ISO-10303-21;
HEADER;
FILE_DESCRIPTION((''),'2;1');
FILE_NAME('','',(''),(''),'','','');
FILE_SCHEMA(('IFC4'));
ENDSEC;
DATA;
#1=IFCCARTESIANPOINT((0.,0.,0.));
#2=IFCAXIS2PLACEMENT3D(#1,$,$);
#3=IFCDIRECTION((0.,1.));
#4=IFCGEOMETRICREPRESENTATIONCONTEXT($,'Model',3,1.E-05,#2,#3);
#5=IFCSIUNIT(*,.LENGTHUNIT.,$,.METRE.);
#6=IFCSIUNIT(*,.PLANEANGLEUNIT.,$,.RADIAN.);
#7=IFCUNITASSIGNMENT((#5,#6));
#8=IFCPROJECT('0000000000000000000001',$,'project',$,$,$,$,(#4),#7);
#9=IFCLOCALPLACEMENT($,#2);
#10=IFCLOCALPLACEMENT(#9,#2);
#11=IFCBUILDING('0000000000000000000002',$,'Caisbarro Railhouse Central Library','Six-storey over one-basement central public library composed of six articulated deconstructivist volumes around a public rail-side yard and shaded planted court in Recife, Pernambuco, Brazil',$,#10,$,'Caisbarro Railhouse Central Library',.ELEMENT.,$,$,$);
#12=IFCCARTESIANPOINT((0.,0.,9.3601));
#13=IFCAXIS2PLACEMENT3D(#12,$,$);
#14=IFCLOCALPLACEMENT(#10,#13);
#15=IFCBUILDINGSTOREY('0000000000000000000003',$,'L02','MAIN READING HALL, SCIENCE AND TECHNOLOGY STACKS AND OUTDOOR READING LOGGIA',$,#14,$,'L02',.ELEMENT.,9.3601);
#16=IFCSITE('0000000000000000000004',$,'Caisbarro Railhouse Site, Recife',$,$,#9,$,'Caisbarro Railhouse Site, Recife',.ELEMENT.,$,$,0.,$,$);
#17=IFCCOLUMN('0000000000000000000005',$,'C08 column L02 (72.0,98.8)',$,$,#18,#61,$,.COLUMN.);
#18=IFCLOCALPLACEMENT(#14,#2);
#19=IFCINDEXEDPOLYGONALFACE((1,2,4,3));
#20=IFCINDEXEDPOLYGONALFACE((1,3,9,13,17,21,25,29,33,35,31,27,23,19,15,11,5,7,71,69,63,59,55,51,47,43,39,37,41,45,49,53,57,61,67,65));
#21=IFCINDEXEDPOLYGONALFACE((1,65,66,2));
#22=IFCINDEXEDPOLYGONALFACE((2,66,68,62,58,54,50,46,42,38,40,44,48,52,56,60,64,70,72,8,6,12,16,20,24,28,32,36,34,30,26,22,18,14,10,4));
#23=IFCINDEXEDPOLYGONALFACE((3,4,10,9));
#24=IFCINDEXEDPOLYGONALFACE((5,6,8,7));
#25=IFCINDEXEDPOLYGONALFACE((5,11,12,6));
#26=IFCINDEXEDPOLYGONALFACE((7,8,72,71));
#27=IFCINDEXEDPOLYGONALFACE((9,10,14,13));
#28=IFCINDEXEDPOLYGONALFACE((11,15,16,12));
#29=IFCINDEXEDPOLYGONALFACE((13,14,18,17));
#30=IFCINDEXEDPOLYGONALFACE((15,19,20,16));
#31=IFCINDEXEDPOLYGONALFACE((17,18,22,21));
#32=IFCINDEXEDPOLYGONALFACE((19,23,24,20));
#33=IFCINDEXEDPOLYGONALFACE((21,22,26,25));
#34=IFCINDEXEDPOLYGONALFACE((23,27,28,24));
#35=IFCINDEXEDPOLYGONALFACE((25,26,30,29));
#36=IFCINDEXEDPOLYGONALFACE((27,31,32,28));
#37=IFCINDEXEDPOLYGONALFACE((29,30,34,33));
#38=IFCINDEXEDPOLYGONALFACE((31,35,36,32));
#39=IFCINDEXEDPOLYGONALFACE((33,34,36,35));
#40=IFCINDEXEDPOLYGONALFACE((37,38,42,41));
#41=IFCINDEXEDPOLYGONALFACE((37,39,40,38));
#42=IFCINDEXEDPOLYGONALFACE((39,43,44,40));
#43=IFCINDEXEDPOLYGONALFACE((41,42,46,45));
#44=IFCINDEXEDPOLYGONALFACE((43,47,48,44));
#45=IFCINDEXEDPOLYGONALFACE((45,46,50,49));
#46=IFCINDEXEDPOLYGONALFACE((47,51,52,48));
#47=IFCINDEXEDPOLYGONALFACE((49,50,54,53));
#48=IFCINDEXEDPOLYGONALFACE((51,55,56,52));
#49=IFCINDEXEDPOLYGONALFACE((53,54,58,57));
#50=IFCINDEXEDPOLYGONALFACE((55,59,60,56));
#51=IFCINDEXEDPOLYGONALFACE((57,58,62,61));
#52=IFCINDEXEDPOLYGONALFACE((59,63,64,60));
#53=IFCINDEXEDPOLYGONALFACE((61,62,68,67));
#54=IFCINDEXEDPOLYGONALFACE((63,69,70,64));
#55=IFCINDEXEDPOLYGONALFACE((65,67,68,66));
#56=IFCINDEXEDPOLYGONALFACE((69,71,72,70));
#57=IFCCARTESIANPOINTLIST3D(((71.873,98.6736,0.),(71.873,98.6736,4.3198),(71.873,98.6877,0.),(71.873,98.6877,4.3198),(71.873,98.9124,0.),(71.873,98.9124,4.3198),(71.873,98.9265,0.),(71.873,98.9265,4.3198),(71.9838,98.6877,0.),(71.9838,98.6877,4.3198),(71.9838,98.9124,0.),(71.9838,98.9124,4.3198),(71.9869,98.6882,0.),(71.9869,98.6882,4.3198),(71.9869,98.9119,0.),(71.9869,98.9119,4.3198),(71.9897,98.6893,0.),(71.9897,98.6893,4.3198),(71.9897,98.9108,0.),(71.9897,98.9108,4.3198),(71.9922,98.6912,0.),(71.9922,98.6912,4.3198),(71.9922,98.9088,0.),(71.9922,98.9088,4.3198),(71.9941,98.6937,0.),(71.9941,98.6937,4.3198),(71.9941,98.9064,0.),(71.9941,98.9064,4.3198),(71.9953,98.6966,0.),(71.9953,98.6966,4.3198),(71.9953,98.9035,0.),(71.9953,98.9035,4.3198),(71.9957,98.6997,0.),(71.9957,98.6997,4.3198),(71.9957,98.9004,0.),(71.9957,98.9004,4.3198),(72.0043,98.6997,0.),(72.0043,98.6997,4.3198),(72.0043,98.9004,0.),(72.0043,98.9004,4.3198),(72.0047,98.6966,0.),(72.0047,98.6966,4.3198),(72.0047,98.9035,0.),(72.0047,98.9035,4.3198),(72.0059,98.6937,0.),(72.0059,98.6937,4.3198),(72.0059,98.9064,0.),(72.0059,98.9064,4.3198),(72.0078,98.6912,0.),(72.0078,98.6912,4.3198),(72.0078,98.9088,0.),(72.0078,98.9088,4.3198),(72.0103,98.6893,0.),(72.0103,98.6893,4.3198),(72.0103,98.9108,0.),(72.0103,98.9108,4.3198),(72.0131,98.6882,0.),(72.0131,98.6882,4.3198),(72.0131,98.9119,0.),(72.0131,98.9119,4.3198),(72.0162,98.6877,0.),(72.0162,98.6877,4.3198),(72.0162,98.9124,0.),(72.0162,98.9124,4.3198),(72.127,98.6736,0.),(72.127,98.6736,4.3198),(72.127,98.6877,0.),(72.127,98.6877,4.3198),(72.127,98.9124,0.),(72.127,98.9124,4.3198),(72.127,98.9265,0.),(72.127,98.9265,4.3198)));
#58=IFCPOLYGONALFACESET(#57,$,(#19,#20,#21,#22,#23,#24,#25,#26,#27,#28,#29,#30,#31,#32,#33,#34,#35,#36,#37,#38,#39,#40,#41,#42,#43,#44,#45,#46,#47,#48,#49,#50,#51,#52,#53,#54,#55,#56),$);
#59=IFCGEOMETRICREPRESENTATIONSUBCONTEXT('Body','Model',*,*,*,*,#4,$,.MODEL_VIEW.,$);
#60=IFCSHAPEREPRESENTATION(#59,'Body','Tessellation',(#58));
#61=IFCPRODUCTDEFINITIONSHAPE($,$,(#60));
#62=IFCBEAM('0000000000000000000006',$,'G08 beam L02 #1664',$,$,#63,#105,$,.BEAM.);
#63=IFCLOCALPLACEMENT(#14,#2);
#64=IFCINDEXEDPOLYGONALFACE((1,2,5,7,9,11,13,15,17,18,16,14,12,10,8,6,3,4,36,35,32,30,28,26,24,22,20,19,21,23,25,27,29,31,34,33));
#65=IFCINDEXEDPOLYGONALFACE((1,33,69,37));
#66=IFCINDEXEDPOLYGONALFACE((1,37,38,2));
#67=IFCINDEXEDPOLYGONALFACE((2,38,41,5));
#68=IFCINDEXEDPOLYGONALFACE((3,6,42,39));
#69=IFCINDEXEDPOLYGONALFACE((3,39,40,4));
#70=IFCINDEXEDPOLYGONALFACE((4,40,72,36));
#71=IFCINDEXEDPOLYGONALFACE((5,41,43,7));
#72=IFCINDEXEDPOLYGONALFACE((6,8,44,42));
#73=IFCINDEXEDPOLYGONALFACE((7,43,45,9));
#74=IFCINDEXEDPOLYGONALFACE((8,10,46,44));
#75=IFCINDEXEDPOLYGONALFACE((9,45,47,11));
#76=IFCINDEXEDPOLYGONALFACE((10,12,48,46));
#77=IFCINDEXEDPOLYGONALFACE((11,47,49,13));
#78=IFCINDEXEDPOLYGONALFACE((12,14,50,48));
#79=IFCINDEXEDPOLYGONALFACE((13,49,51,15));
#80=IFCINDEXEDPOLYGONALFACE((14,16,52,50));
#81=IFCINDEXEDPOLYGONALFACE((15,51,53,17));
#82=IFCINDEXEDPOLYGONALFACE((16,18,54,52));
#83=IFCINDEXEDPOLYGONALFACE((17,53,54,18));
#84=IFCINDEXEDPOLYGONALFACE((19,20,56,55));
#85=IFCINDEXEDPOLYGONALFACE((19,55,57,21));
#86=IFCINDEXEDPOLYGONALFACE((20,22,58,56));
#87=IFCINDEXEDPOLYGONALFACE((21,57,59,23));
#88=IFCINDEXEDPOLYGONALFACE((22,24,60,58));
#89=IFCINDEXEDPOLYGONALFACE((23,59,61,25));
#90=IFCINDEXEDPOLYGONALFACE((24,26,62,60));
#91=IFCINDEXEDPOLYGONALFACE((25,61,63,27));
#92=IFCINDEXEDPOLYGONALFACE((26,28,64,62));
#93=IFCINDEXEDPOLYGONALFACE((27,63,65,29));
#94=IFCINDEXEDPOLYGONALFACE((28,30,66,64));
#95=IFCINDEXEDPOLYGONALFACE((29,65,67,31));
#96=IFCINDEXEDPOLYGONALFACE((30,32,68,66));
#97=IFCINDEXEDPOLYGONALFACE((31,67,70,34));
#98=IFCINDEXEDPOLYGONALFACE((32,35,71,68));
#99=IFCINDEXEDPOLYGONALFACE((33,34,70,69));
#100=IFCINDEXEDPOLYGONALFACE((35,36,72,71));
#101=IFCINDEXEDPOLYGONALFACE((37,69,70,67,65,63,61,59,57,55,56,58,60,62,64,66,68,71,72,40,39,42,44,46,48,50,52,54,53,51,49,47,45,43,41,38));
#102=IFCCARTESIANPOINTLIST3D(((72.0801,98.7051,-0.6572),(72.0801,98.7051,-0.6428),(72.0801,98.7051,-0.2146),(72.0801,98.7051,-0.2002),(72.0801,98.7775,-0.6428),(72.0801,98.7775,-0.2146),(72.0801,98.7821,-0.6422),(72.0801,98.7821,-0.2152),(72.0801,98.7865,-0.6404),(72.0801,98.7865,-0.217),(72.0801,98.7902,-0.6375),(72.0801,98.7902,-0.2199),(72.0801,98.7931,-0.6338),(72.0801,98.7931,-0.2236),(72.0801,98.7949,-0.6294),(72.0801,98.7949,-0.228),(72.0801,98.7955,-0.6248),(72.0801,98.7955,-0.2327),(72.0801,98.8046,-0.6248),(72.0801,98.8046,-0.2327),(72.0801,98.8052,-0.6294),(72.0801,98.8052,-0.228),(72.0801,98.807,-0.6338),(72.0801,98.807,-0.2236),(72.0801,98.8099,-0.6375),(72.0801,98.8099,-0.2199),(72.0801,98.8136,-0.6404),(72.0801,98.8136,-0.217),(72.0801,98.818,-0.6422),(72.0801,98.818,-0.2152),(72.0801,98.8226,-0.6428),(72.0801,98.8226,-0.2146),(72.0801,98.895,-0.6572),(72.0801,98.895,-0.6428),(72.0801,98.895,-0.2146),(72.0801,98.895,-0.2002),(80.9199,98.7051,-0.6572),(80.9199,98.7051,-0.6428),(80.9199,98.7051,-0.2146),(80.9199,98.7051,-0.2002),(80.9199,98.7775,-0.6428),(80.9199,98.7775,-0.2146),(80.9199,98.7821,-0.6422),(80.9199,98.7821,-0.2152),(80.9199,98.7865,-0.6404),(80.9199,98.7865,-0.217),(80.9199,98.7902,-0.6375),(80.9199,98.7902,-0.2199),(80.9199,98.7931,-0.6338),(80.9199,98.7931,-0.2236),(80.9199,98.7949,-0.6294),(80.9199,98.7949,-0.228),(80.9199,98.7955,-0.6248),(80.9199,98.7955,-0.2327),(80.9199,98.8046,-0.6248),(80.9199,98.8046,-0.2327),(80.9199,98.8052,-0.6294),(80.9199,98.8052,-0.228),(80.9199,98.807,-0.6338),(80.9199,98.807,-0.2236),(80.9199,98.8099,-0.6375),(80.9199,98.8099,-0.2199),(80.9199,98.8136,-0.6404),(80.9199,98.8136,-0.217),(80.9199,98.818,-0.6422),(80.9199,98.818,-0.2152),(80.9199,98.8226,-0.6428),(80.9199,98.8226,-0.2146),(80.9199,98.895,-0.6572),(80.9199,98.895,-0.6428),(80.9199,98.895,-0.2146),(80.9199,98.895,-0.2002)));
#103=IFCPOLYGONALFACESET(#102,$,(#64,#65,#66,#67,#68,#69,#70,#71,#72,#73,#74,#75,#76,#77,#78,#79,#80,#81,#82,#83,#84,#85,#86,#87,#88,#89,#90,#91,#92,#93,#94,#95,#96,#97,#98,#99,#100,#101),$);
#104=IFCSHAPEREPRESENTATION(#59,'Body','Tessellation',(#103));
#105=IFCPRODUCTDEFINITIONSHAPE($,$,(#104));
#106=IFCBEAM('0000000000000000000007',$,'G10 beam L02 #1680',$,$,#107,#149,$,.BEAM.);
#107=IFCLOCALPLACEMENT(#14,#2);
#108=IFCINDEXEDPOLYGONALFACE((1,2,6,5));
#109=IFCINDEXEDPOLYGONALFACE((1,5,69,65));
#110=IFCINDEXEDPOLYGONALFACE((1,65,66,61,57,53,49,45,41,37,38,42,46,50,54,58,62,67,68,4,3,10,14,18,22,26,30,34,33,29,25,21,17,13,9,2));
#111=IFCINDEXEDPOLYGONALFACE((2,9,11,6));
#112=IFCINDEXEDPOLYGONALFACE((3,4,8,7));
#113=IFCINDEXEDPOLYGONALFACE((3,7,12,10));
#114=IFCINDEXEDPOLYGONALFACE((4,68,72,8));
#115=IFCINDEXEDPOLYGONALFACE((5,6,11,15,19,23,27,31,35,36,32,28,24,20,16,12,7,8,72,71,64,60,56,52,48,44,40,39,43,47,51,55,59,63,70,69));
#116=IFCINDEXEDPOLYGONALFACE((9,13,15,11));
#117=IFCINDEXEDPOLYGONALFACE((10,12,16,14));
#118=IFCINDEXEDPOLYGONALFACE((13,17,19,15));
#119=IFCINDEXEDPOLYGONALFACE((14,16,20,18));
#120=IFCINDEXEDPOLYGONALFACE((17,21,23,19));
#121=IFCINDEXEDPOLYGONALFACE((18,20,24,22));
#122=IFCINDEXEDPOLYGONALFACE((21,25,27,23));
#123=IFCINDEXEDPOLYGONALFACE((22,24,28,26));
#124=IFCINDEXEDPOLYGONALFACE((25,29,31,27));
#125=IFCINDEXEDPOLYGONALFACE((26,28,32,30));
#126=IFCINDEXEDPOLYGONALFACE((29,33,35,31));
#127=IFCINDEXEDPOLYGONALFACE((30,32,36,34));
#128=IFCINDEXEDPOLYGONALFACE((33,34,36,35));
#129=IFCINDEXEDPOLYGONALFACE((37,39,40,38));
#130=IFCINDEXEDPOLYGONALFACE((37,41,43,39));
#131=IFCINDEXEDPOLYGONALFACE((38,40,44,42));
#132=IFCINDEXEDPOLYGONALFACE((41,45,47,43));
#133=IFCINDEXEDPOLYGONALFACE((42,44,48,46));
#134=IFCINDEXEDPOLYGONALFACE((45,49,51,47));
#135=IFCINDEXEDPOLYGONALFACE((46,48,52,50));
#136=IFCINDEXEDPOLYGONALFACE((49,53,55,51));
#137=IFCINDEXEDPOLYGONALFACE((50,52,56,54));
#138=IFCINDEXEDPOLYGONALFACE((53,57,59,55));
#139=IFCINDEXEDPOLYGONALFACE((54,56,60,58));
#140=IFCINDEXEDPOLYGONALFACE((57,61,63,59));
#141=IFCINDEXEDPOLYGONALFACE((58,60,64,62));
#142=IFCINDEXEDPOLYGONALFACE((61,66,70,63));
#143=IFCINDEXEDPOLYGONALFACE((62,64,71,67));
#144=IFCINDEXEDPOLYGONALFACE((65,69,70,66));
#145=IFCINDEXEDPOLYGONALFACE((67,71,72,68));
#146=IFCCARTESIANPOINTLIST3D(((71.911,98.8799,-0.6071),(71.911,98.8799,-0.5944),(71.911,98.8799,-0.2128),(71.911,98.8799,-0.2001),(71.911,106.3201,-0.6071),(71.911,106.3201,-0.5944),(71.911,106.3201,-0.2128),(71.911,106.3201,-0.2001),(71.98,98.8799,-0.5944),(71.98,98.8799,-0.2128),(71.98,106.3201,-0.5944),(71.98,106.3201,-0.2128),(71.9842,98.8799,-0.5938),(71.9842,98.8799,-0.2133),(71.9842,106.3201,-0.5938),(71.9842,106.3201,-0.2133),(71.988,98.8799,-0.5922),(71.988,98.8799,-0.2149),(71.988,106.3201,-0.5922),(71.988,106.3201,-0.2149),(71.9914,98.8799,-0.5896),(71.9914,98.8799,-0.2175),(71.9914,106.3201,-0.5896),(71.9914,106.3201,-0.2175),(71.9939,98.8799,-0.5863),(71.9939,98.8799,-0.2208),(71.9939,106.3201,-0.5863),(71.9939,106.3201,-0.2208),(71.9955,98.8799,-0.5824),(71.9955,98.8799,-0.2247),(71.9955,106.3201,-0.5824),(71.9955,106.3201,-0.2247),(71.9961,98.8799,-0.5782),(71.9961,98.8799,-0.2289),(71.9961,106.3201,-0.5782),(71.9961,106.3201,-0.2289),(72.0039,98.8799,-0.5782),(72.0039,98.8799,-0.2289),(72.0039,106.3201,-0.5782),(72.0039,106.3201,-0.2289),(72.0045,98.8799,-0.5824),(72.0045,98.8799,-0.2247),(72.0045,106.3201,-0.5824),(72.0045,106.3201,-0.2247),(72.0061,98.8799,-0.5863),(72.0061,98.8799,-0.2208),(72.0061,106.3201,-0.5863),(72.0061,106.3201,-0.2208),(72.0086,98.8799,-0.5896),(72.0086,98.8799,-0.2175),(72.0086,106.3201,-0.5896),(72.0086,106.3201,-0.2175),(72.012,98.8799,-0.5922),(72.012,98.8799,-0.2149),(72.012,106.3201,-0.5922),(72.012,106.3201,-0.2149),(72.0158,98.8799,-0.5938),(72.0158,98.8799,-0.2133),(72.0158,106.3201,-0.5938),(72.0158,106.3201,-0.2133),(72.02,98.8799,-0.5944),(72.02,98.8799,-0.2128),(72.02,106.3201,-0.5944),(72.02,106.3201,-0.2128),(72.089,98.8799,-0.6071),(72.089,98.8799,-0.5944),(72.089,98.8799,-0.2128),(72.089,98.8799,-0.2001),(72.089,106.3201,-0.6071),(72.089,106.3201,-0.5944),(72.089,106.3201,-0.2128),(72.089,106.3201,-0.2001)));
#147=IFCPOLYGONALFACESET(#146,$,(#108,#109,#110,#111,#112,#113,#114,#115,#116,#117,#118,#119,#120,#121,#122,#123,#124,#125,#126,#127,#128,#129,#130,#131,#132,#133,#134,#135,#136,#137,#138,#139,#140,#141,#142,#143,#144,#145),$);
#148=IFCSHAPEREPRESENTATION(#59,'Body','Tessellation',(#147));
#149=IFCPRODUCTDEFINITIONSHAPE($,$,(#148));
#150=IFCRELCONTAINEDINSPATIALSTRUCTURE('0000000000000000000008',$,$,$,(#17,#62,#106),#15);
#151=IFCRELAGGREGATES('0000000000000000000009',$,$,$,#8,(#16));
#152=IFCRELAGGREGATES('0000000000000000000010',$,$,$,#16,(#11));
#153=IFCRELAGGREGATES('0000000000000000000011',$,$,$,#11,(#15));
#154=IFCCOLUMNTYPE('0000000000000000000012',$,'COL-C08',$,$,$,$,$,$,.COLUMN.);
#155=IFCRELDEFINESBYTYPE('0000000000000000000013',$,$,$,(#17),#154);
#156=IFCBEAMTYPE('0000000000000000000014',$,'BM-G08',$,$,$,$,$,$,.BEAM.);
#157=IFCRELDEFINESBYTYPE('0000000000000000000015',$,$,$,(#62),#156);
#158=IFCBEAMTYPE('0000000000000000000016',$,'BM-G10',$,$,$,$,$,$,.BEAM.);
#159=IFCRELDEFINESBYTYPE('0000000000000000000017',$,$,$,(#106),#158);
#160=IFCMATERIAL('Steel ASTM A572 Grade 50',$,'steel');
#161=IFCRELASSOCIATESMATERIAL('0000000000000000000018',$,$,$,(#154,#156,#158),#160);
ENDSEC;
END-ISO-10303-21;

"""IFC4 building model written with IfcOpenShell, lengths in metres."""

from ifc_helpers import new_model, si_unit, direction, frame, origin, origin_2d, place, context, subcontext, project, spatial, i_section, extrude, material, material_profile, profile_set, type_object, element, save


model = new_model("IFC4")

# Units and contexts
model_context = context("Model", 3, precision=1e-05, world=origin(), true_north=direction((0.0, 1.0)))
body_context = subcontext(model_context, "Body", "Model", "MODEL_VIEW")
ifc_project = project(units=[si_unit("LENGTHUNIT", "METRE"), si_unit("PLANEANGLEUNIT", "RADIAN")], contexts=[model_context])

# Site, building, storey
site_placement = place(None, origin())
site = spatial("IfcSite", under=ifc_project, at=site_placement, Name="Caisbarro Railhouse Site, Recife", LongName="Caisbarro Railhouse Site, Recife", CompositionType="ELEMENT", RefElevation=0.0)
building_placement = place(site_placement, origin())
building = spatial("IfcBuilding", under=site, at=building_placement, Name="Caisbarro Railhouse Central Library", Description="Six-storey over one-basement central public library composed of six articulated deconstructivist volumes around a public rail-side yard and shaded planted court in Recife, Pernambuco, Brazil", LongName="Caisbarro Railhouse Central Library", CompositionType="ELEMENT")
storey_placement = place(building_placement, frame((0.0, 0.0, 9.3601)))
storey = spatial("IfcBuildingStorey", under=building, at=storey_placement, Name="L02", Description="MAIN READING HALL, SCIENCE AND TECHNOLOGY STACKS AND OUTDOOR READING LOGGIA", LongName="L02", CompositionType="ELEMENT", Elevation=9.3601)

# Column
ifc_material_1 = material(Name="Steel ASTM A572 Grade 50", Category="steel")
ifc_material_profile_1 = material_profile(ifc_material_1, i_section(OverallWidth=0.2539, OverallDepth=0.2529, WebThickness=0.0085, FlangeThickness=0.0142, FilletRadius=0.012, at=origin_2d()), Name="W250X73.0")
ifc_profile_set_1 = profile_set([ifc_material_profile_1], Name="Steel ASTM A572 Grade 50")
column_type = type_object("IfcColumnType", Name="COL-C08", PredefinedType="COLUMN", material=ifc_profile_set_1)
column_placement = place(storey_placement, frame((72.0, 98.8, 0.0), z_axis=(0.0, 0.0, 1.0), x_axis=(1.0, 0.0, 0.0)))
element("IfcColumn", 1, at=column_placement, inside=storey, type_object=column_type, Name="C08 column L02 (72.0,98.8)", PredefinedType="COLUMN", context=body_context, shape_type="SweptSolid", body=[
    extrude(i_section(OverallWidth=0.2539, OverallDepth=0.2529, WebThickness=0.0085, FlangeThickness=0.0142, FilletRadius=0.012, at=origin_2d()), origin(), (0.0, 0.0, 1.0), 4.3198),
])

# Beams
ifc_material_profile_2 = material_profile(ifc_material_1, i_section(OverallWidth=0.1899, OverallDepth=0.457, WebThickness=0.009, FlangeThickness=0.0144, FilletRadius=0.0181, at=origin_2d()), Name="W460X74.0")
ifc_profile_set_2 = profile_set([ifc_material_profile_2], Name="Steel ASTM A572 Grade 50")
beam_type_1 = type_object("IfcBeamType", Name="BM-G08", PredefinedType="BEAM", material=ifc_profile_set_2)
beam_1_placement = place(storey_placement, frame((72.0801, 98.8, -0.4287), z_axis=(1.0, 0.0, 0.0), x_axis=(0.0, 1.0, 0.0)))
element("IfcBeam", 2, at=beam_1_placement, inside=storey, type_object=beam_type_1, Name="G08 beam L02 #1664", PredefinedType="BEAM", context=body_context, shape_type="SweptSolid", body=[
    extrude(i_section(OverallWidth=0.1899, OverallDepth=0.457, WebThickness=0.009, FlangeThickness=0.0144, FilletRadius=0.0181, at=origin_2d()), origin(), (0.0, 0.0, 1.0), 8.8398),
])
ifc_material_profile_3 = material_profile(ifc_material_1, i_section(OverallWidth=0.178, OverallDepth=0.407, WebThickness=0.0078, FlangeThickness=0.0127, FilletRadius=0.0161, at=origin_2d()), Name="W410X60.0")
ifc_profile_set_3 = profile_set([ifc_material_profile_3], Name="Steel ASTM A572 Grade 50")
beam_type_2 = type_object("IfcBeamType", Name="BM-G10", PredefinedType="BEAM", material=ifc_profile_set_3)
beam_2_placement = place(storey_placement, frame((72.0, 98.8799, -0.4036), z_axis=(0.0, 1.0, 0.0), x_axis=(-1.0, 0.0, 0.0)))
element("IfcBeam", 3, at=beam_2_placement, inside=storey, type_object=beam_type_2, Name="G10 beam L02 #1680", PredefinedType="BEAM", context=body_context, shape_type="SweptSolid", body=[
    extrude(i_section(OverallWidth=0.178, OverallDepth=0.407, WebThickness=0.0078, FlangeThickness=0.0127, FilletRadius=0.0161, at=origin_2d()), origin(), (0.0, 0.0, 1.0), 7.4402),
])

save(model, "model.ifc")
